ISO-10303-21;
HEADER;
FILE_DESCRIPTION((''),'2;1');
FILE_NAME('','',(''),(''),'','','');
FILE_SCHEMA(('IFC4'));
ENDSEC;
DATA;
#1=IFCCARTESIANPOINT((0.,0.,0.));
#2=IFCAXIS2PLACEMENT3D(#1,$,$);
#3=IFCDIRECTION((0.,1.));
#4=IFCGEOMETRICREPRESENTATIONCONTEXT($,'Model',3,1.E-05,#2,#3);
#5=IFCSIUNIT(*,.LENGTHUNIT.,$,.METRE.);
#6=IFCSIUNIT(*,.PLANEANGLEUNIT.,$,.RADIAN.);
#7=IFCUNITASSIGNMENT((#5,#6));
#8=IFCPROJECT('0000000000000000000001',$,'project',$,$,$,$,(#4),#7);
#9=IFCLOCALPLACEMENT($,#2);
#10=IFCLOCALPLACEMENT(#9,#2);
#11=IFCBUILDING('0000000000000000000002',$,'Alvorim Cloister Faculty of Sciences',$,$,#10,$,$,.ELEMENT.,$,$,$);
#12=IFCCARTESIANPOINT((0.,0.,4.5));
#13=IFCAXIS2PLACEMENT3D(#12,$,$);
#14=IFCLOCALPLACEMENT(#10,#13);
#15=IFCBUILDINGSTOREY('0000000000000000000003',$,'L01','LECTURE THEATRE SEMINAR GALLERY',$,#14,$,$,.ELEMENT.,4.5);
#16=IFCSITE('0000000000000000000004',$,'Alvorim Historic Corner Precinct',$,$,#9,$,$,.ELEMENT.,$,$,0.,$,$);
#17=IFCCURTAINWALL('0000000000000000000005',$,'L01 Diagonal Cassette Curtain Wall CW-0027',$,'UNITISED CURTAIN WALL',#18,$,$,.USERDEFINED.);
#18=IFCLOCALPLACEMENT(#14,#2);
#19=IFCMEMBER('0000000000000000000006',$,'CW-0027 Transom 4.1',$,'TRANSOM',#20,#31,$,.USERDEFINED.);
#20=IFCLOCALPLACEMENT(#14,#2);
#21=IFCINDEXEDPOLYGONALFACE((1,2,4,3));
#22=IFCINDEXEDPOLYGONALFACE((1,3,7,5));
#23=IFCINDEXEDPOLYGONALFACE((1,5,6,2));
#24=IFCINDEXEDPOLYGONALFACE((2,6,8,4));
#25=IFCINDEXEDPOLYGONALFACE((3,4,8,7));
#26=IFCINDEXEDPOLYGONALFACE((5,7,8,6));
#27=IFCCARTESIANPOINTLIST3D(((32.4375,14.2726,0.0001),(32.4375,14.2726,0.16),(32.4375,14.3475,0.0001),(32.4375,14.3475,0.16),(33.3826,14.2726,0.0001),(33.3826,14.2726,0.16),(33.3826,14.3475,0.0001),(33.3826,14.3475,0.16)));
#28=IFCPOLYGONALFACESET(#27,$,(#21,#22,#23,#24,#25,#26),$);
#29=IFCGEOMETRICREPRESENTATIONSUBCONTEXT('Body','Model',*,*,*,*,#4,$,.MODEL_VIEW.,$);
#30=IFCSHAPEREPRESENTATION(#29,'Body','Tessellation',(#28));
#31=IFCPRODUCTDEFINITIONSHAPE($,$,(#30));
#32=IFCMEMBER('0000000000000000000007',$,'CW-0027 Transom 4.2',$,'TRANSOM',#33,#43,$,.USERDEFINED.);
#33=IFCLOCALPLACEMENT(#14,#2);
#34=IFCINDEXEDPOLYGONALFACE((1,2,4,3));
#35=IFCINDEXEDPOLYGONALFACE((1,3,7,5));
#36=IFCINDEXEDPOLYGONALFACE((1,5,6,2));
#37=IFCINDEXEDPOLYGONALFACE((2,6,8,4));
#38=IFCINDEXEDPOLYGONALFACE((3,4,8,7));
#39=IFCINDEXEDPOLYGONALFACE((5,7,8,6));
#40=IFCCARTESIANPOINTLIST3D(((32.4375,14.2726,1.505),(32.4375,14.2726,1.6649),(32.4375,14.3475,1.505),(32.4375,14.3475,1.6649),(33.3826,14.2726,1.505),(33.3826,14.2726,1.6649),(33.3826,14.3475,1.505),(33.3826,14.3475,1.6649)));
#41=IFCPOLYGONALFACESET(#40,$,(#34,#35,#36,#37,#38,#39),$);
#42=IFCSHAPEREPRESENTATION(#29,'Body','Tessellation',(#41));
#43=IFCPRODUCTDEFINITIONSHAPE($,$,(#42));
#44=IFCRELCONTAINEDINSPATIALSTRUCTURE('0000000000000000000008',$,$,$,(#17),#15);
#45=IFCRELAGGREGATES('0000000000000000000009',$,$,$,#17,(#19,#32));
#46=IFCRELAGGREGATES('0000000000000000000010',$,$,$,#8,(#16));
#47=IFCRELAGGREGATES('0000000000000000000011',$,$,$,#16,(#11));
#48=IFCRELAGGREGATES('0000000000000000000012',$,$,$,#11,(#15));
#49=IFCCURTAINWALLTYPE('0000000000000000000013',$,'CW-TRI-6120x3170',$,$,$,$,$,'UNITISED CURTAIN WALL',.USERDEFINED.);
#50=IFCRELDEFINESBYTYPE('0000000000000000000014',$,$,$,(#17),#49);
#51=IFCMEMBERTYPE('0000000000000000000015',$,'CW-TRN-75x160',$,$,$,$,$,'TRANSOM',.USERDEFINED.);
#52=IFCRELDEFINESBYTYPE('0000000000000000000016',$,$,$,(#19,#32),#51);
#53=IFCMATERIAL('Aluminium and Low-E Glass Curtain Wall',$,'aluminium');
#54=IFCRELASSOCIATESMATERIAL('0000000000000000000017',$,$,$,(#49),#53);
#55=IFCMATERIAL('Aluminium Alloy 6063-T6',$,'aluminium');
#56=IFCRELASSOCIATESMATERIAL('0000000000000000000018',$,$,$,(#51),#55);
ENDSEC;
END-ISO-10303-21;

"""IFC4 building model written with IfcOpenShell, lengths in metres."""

from ifc_helpers import new_model, si_unit, direction, frame, origin, origin_2d, place, context, subcontext, project, spatial, rectangle, extrude, material, material_profile, profile_set, type_object, element, aggregate, save


model = new_model("IFC4")

# Units and contexts
model_context = context("Model", 3, precision=1e-05, world=origin(), true_north=direction((0.0, 1.0)))
body_context = subcontext(model_context, "Body", "Model", "MODEL_VIEW")
ifc_project = project(units=[si_unit("LENGTHUNIT", "METRE"), si_unit("PLANEANGLEUNIT", "RADIAN")], contexts=[model_context])

# Site, building, storey
site_placement = place(None, origin())
site = spatial("IfcSite", under=ifc_project, at=site_placement, Name="Alvorim Historic Corner Precinct", CompositionType="ELEMENT", RefElevation=0.0)
building_placement = place(site_placement, origin())
building = spatial("IfcBuilding", under=site, at=building_placement, Name="Alvorim Cloister Faculty of Sciences", CompositionType="ELEMENT")
storey_placement = place(building_placement, frame((0.0, 0.0, 4.5)))
storey = spatial("IfcBuildingStorey", under=building, at=storey_placement, Name="L01", Description="LECTURE THEATRE SEMINAR GALLERY", CompositionType="ELEMENT", Elevation=4.5)

# Curtain wall, members
ifc_material_1 = material(Name="Aluminium and Low-E Glass Curtain Wall", Category="aluminium")
curtain_wall_type = type_object("IfcCurtainWallType", Name="CW-TRI-6120x3170", ElementType="UNITISED CURTAIN WALL", PredefinedType="USERDEFINED", material=ifc_material_1)
curtain_wall_placement = place(storey_placement, origin())
curtain_wall = element("IfcCurtainWall", 1, at=curtain_wall_placement, inside=storey, type_object=curtain_wall_type, Name="L01 Diagonal Cassette Curtain Wall CW-0027", ObjectType="UNITISED CURTAIN WALL", PredefinedType="USERDEFINED")
ifc_material_2 = material(Name="Aluminium Alloy 6063-T6", Category="aluminium")
ifc_material_profile_1 = material_profile(ifc_material_2, rectangle(XDim=0.075, YDim=0.1599, at=origin_2d()), Name="ALU-TRN-75x160")
ifc_profile_set_1 = profile_set([ifc_material_profile_1], Name="Aluminium Alloy 6063-T6")
member_type_1 = type_object("IfcMemberType", Name="CW-TRN-75x160", ElementType="TRANSOM", PredefinedType="USERDEFINED", material=ifc_profile_set_1)
member_1_placement = place(storey_placement, frame((32.4375, 14.3101, 0.0801), z_axis=(1.0, 0.0, 0.0), x_axis=(0.0, 1.0, 0.0)))
member_1 = element("IfcMember", 2, at=member_1_placement, type_object=member_type_1, Name="CW-0027 Transom 4.1", ObjectType="TRANSOM", PredefinedType="USERDEFINED", context=body_context, shape_type="SweptSolid", body=[
    extrude(rectangle(XDim=0.075, YDim=0.1599, at=origin_2d()), origin(), (0.0, 0.0, 1.0), 0.9451),
])
member_2_placement = place(storey_placement, frame((32.4375, 14.3101, 1.585), z_axis=(1.0, 0.0, 0.0), x_axis=(0.0, 1.0, 0.0)))
member_2 = element("IfcMember", 3, at=member_2_placement, type_object=member_type_1, Name="CW-0027 Transom 4.2", ObjectType="TRANSOM", PredefinedType="USERDEFINED", context=body_context, shape_type="SweptSolid", body=[
    extrude(rectangle(XDim=0.075, YDim=0.1599, at=origin_2d()), origin(), (0.0, 0.0, 1.0), 0.9451),
])
aggregate(curtain_wall, [member_1, member_2])

save(model, "model.ifc")
